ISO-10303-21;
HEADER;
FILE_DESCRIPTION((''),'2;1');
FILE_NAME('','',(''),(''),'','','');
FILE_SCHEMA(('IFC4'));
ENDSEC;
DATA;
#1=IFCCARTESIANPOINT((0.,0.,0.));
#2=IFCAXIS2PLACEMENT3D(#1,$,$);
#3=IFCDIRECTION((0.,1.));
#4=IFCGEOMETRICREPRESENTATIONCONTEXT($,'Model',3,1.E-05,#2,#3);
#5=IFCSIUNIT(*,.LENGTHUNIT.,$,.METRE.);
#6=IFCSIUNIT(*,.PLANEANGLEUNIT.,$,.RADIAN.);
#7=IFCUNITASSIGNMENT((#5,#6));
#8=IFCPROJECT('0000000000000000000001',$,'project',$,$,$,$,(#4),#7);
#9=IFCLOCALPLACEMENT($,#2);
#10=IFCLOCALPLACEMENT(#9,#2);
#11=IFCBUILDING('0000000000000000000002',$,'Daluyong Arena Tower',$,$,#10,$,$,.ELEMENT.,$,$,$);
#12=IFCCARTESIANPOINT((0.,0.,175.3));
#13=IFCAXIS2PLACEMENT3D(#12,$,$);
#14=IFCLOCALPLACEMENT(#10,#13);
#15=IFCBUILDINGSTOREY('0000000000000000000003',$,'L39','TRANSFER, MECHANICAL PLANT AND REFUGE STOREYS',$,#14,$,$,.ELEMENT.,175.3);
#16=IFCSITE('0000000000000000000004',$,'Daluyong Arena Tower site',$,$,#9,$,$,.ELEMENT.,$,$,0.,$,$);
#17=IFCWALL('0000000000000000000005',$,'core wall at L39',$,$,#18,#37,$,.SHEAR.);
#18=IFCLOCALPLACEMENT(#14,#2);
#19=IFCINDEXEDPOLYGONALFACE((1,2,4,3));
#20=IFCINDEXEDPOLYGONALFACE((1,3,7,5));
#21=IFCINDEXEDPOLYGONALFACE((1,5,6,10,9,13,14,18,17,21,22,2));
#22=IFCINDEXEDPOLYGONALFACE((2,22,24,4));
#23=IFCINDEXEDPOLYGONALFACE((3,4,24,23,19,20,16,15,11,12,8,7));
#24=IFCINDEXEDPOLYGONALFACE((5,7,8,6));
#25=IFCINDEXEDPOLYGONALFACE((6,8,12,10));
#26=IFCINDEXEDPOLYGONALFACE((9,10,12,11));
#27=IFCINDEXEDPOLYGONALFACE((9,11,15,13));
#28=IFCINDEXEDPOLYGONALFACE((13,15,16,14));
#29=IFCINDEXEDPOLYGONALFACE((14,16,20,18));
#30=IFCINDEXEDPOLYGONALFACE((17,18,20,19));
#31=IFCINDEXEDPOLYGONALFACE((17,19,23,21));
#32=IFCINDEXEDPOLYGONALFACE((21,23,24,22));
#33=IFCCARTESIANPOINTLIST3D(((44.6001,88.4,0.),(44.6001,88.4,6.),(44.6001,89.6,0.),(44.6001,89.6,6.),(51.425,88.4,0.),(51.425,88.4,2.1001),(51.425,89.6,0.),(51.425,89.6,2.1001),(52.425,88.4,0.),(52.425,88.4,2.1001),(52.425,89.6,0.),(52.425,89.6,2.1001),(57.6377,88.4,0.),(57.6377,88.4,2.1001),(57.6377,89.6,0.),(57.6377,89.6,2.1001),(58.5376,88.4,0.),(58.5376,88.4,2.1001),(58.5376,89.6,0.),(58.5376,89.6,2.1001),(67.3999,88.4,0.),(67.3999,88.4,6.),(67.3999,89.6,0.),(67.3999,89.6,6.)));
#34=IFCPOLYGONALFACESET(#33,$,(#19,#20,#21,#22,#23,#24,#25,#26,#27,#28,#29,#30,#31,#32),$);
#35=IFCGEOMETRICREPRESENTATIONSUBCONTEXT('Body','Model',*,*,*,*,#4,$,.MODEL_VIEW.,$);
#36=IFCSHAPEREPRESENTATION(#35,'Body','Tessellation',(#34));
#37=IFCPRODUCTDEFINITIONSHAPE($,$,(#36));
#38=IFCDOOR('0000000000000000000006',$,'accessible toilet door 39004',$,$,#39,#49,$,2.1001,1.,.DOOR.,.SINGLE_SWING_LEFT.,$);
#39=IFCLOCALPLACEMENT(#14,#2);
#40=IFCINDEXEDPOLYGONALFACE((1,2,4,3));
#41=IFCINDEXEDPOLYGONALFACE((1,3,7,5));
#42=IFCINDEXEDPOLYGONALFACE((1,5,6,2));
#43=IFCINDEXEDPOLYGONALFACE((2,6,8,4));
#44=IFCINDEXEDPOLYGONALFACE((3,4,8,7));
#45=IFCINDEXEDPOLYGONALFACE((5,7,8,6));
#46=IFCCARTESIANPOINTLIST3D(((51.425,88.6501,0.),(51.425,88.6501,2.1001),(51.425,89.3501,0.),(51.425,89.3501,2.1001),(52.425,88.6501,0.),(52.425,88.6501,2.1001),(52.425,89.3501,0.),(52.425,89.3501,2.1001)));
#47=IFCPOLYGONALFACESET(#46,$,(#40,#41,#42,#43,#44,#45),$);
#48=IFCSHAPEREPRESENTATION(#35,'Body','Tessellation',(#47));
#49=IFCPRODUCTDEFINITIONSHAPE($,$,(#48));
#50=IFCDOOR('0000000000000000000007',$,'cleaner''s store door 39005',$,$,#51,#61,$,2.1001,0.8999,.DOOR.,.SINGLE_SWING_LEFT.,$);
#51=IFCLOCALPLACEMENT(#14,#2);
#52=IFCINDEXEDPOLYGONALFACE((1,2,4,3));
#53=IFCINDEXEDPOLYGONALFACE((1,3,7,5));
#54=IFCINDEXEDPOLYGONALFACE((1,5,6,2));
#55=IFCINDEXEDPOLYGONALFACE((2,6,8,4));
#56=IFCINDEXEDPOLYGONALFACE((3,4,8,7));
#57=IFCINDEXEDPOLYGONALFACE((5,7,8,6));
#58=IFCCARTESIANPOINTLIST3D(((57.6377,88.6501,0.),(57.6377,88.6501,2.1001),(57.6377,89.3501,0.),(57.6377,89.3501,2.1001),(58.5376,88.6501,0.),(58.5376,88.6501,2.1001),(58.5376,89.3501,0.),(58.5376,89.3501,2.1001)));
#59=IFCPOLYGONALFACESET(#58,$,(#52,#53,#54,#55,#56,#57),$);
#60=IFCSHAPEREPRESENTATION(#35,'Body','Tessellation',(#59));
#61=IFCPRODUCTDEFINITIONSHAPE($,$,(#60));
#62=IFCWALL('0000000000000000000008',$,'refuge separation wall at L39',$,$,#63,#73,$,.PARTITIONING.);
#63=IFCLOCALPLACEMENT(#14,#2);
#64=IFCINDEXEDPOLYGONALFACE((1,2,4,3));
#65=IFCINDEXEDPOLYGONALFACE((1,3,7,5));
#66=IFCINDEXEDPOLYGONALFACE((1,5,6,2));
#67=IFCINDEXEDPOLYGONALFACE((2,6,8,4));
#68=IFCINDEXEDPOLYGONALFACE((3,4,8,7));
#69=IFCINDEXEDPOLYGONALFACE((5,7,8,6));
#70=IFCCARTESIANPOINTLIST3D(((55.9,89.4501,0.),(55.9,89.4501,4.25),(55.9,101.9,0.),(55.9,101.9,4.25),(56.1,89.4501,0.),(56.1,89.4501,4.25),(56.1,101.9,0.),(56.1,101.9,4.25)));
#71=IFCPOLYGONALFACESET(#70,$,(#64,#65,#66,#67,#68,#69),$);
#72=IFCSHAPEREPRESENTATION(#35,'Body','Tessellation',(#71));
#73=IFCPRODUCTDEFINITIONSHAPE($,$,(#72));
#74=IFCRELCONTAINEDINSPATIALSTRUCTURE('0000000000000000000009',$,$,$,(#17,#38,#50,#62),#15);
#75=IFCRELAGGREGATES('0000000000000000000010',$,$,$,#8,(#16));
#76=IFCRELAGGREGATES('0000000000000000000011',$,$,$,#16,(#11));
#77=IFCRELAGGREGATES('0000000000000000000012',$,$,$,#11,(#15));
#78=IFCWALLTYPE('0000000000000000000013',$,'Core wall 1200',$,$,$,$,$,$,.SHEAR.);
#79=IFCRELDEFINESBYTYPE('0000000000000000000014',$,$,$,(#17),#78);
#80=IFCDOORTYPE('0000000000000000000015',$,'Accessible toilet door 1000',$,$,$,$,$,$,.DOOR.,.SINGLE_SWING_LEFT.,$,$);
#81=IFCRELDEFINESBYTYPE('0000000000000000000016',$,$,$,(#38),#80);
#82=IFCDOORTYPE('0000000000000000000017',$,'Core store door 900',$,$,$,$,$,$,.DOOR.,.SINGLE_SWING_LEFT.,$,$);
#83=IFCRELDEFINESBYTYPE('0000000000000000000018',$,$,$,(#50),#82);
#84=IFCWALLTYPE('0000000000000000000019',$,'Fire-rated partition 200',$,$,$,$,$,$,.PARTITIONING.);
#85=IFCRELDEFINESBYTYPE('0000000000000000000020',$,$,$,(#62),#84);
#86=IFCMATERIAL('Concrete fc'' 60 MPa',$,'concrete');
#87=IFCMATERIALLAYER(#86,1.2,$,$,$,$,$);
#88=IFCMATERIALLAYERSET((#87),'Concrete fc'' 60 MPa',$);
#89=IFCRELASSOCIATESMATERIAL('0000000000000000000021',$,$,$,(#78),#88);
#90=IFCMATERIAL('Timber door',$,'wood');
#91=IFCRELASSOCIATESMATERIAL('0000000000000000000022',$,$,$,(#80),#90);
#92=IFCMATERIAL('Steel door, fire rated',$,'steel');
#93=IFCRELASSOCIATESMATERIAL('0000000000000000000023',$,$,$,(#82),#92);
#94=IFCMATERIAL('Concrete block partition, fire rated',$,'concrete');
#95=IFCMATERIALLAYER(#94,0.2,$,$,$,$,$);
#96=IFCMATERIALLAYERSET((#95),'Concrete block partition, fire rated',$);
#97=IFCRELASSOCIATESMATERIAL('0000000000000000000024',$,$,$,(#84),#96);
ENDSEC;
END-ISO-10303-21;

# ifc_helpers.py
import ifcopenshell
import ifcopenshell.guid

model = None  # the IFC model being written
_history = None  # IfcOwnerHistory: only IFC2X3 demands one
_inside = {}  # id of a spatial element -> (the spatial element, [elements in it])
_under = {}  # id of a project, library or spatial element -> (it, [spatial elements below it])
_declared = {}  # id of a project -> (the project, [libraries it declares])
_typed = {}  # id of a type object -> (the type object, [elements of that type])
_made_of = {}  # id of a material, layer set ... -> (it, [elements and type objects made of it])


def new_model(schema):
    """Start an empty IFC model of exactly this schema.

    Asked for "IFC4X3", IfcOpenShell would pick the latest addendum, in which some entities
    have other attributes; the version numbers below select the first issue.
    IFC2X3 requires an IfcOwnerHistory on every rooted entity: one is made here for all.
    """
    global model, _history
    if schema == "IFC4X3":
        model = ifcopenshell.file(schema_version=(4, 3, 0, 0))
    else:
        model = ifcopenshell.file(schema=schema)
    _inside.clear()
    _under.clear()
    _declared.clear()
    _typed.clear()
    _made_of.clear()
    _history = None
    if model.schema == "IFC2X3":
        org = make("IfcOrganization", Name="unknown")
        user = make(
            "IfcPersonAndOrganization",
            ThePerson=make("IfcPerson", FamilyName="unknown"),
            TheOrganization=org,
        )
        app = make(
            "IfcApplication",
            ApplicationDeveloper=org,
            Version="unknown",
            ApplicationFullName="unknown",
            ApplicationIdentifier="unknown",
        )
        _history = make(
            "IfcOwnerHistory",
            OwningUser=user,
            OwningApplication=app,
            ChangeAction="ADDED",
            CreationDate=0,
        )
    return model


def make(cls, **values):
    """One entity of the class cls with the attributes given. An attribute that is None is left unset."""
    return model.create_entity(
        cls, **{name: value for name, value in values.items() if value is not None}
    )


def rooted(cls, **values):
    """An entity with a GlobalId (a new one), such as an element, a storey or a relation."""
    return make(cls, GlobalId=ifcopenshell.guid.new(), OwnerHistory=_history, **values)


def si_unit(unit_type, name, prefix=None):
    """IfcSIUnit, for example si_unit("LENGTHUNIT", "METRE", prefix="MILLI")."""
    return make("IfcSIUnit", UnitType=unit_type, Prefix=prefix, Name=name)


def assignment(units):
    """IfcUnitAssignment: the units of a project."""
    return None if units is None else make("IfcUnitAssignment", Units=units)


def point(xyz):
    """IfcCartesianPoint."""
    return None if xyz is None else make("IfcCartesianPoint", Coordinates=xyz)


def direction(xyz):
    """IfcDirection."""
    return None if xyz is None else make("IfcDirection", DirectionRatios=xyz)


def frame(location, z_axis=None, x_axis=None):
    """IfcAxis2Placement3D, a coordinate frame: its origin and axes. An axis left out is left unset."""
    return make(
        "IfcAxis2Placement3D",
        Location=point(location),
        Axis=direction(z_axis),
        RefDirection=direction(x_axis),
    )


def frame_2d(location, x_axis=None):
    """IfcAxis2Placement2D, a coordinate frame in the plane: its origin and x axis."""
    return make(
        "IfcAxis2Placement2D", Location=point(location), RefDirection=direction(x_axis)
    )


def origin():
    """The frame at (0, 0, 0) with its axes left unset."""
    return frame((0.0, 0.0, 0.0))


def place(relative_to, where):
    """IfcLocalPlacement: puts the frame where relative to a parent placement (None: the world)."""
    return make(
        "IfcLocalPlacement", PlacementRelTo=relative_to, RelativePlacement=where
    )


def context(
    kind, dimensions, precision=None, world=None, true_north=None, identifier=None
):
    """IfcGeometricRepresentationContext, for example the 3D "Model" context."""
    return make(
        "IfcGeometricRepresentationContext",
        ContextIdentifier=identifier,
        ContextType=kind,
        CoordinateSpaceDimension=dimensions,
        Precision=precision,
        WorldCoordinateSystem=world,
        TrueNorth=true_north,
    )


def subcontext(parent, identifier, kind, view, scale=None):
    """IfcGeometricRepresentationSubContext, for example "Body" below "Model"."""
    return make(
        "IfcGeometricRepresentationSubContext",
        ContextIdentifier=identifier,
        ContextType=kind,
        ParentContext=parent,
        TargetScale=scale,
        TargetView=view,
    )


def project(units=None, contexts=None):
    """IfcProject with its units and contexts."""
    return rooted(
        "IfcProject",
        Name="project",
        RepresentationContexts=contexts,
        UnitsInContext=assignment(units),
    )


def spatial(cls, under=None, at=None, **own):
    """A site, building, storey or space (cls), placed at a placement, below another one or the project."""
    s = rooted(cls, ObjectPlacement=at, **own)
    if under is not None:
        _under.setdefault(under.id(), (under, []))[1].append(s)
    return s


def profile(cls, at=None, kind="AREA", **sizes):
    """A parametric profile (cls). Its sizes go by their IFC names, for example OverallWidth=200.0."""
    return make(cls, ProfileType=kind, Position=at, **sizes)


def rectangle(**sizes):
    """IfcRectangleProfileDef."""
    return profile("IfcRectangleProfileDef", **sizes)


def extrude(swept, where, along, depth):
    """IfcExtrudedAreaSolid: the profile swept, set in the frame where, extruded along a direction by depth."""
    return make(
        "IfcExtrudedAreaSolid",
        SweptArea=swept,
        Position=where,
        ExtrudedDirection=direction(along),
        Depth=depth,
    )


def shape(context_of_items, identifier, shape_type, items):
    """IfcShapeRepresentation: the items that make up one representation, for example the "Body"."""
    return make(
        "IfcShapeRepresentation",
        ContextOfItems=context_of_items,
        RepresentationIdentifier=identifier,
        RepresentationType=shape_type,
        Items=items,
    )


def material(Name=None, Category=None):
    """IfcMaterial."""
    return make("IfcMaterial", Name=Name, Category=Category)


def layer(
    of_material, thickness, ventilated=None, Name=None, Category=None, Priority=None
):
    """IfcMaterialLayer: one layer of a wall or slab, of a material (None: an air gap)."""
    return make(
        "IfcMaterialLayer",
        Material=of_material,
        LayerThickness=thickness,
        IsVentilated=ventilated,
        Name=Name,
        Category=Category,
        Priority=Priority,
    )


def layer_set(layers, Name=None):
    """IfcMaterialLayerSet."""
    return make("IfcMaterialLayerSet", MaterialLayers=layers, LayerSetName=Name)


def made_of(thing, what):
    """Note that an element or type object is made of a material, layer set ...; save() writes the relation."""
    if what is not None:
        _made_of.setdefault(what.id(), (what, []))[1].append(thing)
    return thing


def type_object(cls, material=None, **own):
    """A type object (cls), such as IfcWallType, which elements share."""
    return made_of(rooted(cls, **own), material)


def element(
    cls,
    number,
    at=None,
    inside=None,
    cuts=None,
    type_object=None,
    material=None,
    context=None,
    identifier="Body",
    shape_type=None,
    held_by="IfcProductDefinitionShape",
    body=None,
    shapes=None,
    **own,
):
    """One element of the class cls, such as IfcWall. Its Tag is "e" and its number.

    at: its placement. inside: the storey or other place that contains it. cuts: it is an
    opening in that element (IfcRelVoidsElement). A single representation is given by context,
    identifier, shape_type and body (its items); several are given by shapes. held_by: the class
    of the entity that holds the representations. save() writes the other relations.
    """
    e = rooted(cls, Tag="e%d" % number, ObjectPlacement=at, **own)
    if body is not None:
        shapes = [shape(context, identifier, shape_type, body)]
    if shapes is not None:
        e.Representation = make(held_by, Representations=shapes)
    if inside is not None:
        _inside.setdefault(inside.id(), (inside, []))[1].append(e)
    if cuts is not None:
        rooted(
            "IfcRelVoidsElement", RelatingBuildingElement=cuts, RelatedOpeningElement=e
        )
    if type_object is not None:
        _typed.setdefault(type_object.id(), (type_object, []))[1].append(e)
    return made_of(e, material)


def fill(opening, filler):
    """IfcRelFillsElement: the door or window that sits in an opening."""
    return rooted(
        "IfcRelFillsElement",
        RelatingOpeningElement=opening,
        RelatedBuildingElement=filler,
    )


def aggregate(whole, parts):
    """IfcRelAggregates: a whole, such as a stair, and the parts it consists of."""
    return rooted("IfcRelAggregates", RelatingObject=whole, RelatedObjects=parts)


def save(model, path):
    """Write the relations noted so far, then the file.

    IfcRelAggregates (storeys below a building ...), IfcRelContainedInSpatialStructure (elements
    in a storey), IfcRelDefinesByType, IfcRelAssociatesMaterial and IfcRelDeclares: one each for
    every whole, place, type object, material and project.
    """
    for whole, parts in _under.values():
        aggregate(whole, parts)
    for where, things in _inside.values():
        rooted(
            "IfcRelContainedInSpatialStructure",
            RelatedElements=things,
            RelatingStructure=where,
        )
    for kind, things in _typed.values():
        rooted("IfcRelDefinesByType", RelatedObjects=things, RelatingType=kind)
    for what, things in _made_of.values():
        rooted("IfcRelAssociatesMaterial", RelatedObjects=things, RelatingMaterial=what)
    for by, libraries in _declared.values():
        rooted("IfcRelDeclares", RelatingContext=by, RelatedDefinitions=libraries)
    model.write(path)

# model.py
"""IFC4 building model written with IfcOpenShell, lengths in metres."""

from ifc_helpers import new_model, si_unit, direction, frame, frame_2d, origin, place, context, subcontext, project, spatial, rectangle, extrude, material, layer, layer_set, type_object, element, fill, save


model = new_model("IFC4")

# Units and contexts
model_context = context("Model", 3, precision=1e-05, world=origin(), true_north=direction((0.0, 1.0)))
body_context = subcontext(model_context, "Body", "Model", "MODEL_VIEW")
ifc_project = project(units=[si_unit("LENGTHUNIT", "METRE"), si_unit("PLANEANGLEUNIT", "RADIAN")], contexts=[model_context])

# Site, building, storey
site_placement = place(None, origin())
site = spatial("IfcSite", under=ifc_project, at=site_placement, Name="Daluyong Arena Tower site", CompositionType="ELEMENT", RefElevation=0.0)
building_placement = place(site_placement, origin())
building = spatial("IfcBuilding", under=site, at=building_placement, Name="Daluyong Arena Tower", CompositionType="ELEMENT")
storey_placement = place(building_placement, frame((0.0, 0.0, 175.3)))
storey = spatial("IfcBuildingStorey", under=building, at=storey_placement, Name="L39", Description="TRANSFER, MECHANICAL PLANT AND REFUGE STOREYS", CompositionType="ELEMENT", Elevation=175.3)

# Wall, openings, doors
ifc_material_1 = material(Name="Concrete fc' 60 MPa", Category="concrete")
ifc_layer_1 = layer(ifc_material_1, 1.2)
ifc_layer_set_1 = layer_set([ifc_layer_1], Name="Concrete fc' 60 MPa")
wall_type_1 = type_object("IfcWallType", Name="Core wall 1200", PredefinedType="SHEAR", material=ifc_layer_set_1)
wall_1_placement = place(storey_placement, frame((44.6001, 89.0, 0.0), z_axis=(0.0, 0.0, 1.0), x_axis=(1.0, 0.0, 0.0)))
wall_1 = element("IfcWall", 1, at=wall_1_placement, inside=storey, type_object=wall_type_1, Name="core wall at L39", PredefinedType="SHEAR", context=body_context, shape_type="SweptSolid", body=[
    extrude(rectangle(XDim=22.7998, YDim=1.2, at=frame_2d((11.3999, 0.0))), origin(), (0.0, 0.0, 1.0), 6.0),
])
opening_1_placement = place(wall_1_placement, frame((6.825, 0.0, 0.0)))
opening_1 = element("IfcOpeningElement", 2, at=opening_1_placement, cuts=wall_1, PredefinedType="OPENING", context=body_context, shape_type="SweptSolid", body=[
    extrude(rectangle(XDim=1.0, YDim=2.1001, at=frame_2d((0.5, 1.05))), frame((0.0, 0.6099, 0.0), z_axis=(0.0, -1.0, 0.0), x_axis=(1.0, 0.0, 0.0)), (0.0, 0.0, 1.0), 1.22),
])
opening_2_placement = place(wall_1_placement, frame((13.0376, 0.0, 0.0)))
opening_2 = element("IfcOpeningElement", 3, at=opening_2_placement, cuts=wall_1, PredefinedType="OPENING", context=body_context, shape_type="SweptSolid", body=[
    extrude(rectangle(XDim=0.8999, YDim=2.1001, at=frame_2d((0.45, 1.05))), frame((0.0, 0.6099, 0.0), z_axis=(0.0, -1.0, 0.0), x_axis=(1.0, 0.0, 0.0)), (0.0, 0.0, 1.0), 1.22),
])
ifc_material_2 = material(Name="Timber door", Category="wood")
door_type_1 = type_object("IfcDoorType", Name="Accessible toilet door 1000", OperationType="SINGLE_SWING_LEFT", PredefinedType="DOOR", material=ifc_material_2)
door_1_placement = place(opening_1_placement, origin())
door_1 = element("IfcDoor", 4, at=door_1_placement, inside=storey, type_object=door_type_1, Name="accessible toilet door 39004", OperationType="SINGLE_SWING_LEFT", OverallHeight=2.1001, OverallWidth=1.0, PredefinedType="DOOR", context=body_context, shape_type="SweptSolid", body=[
    extrude(rectangle(XDim=1.0, YDim=2.1001, at=frame_2d((0.5, 1.05))), frame((0.0, 0.3501, 0.0), z_axis=(0.0, -1.0, 0.0), x_axis=(1.0, 0.0, 0.0)), (0.0, 0.0, 1.0), 0.7),
])
fill(opening_1, door_1)
ifc_material_3 = material(Name="Steel door, fire rated", Category="steel")
door_type_2 = type_object("IfcDoorType", Name="Core store door 900", OperationType="SINGLE_SWING_LEFT", PredefinedType="DOOR", material=ifc_material_3)
door_2_placement = place(opening_2_placement, origin())
door_2 = element("IfcDoor", 5, at=door_2_placement, inside=storey, type_object=door_type_2, Name="cleaner's store door 39005", OperationType="SINGLE_SWING_LEFT", OverallHeight=2.1001, OverallWidth=0.8999, PredefinedType="DOOR", context=body_context, shape_type="SweptSolid", body=[
    extrude(rectangle(XDim=0.8999, YDim=2.1001, at=frame_2d((0.45, 1.05))), frame((0.0, 0.3501, 0.0), z_axis=(0.0, -1.0, 0.0), x_axis=(1.0, 0.0, 0.0)), (0.0, 0.0, 1.0), 0.7),
])
fill(opening_2, door_2)

# Wall
ifc_material_4 = material(Name="Concrete block partition, fire rated", Category="concrete")
ifc_layer_2 = layer(ifc_material_4, 0.2)
ifc_layer_set_2 = layer_set([ifc_layer_2], Name="Concrete block partition, fire rated")
wall_type_2 = type_object("IfcWallType", Name="Fire-rated partition 200", PredefinedType="PARTITIONING", material=ifc_layer_set_2)
wall_2_placement = place(storey_placement, frame((56.0, 89.45, 0.0), z_axis=(0.0, 0.0, 1.0), x_axis=(0.0, 1.0, 0.0)))
element("IfcWall", 6, at=wall_2_placement, inside=storey, type_object=wall_type_2, Name="refuge separation wall at L39", PredefinedType="PARTITIONING", context=body_context, shape_type="SweptSolid", body=[
    extrude(rectangle(XDim=12.45, YDim=0.2, at=frame_2d((6.2251, 0.0))), origin(), (0.0, 0.0, 1.0), 4.25),
])

save(model, "model.ifc")
